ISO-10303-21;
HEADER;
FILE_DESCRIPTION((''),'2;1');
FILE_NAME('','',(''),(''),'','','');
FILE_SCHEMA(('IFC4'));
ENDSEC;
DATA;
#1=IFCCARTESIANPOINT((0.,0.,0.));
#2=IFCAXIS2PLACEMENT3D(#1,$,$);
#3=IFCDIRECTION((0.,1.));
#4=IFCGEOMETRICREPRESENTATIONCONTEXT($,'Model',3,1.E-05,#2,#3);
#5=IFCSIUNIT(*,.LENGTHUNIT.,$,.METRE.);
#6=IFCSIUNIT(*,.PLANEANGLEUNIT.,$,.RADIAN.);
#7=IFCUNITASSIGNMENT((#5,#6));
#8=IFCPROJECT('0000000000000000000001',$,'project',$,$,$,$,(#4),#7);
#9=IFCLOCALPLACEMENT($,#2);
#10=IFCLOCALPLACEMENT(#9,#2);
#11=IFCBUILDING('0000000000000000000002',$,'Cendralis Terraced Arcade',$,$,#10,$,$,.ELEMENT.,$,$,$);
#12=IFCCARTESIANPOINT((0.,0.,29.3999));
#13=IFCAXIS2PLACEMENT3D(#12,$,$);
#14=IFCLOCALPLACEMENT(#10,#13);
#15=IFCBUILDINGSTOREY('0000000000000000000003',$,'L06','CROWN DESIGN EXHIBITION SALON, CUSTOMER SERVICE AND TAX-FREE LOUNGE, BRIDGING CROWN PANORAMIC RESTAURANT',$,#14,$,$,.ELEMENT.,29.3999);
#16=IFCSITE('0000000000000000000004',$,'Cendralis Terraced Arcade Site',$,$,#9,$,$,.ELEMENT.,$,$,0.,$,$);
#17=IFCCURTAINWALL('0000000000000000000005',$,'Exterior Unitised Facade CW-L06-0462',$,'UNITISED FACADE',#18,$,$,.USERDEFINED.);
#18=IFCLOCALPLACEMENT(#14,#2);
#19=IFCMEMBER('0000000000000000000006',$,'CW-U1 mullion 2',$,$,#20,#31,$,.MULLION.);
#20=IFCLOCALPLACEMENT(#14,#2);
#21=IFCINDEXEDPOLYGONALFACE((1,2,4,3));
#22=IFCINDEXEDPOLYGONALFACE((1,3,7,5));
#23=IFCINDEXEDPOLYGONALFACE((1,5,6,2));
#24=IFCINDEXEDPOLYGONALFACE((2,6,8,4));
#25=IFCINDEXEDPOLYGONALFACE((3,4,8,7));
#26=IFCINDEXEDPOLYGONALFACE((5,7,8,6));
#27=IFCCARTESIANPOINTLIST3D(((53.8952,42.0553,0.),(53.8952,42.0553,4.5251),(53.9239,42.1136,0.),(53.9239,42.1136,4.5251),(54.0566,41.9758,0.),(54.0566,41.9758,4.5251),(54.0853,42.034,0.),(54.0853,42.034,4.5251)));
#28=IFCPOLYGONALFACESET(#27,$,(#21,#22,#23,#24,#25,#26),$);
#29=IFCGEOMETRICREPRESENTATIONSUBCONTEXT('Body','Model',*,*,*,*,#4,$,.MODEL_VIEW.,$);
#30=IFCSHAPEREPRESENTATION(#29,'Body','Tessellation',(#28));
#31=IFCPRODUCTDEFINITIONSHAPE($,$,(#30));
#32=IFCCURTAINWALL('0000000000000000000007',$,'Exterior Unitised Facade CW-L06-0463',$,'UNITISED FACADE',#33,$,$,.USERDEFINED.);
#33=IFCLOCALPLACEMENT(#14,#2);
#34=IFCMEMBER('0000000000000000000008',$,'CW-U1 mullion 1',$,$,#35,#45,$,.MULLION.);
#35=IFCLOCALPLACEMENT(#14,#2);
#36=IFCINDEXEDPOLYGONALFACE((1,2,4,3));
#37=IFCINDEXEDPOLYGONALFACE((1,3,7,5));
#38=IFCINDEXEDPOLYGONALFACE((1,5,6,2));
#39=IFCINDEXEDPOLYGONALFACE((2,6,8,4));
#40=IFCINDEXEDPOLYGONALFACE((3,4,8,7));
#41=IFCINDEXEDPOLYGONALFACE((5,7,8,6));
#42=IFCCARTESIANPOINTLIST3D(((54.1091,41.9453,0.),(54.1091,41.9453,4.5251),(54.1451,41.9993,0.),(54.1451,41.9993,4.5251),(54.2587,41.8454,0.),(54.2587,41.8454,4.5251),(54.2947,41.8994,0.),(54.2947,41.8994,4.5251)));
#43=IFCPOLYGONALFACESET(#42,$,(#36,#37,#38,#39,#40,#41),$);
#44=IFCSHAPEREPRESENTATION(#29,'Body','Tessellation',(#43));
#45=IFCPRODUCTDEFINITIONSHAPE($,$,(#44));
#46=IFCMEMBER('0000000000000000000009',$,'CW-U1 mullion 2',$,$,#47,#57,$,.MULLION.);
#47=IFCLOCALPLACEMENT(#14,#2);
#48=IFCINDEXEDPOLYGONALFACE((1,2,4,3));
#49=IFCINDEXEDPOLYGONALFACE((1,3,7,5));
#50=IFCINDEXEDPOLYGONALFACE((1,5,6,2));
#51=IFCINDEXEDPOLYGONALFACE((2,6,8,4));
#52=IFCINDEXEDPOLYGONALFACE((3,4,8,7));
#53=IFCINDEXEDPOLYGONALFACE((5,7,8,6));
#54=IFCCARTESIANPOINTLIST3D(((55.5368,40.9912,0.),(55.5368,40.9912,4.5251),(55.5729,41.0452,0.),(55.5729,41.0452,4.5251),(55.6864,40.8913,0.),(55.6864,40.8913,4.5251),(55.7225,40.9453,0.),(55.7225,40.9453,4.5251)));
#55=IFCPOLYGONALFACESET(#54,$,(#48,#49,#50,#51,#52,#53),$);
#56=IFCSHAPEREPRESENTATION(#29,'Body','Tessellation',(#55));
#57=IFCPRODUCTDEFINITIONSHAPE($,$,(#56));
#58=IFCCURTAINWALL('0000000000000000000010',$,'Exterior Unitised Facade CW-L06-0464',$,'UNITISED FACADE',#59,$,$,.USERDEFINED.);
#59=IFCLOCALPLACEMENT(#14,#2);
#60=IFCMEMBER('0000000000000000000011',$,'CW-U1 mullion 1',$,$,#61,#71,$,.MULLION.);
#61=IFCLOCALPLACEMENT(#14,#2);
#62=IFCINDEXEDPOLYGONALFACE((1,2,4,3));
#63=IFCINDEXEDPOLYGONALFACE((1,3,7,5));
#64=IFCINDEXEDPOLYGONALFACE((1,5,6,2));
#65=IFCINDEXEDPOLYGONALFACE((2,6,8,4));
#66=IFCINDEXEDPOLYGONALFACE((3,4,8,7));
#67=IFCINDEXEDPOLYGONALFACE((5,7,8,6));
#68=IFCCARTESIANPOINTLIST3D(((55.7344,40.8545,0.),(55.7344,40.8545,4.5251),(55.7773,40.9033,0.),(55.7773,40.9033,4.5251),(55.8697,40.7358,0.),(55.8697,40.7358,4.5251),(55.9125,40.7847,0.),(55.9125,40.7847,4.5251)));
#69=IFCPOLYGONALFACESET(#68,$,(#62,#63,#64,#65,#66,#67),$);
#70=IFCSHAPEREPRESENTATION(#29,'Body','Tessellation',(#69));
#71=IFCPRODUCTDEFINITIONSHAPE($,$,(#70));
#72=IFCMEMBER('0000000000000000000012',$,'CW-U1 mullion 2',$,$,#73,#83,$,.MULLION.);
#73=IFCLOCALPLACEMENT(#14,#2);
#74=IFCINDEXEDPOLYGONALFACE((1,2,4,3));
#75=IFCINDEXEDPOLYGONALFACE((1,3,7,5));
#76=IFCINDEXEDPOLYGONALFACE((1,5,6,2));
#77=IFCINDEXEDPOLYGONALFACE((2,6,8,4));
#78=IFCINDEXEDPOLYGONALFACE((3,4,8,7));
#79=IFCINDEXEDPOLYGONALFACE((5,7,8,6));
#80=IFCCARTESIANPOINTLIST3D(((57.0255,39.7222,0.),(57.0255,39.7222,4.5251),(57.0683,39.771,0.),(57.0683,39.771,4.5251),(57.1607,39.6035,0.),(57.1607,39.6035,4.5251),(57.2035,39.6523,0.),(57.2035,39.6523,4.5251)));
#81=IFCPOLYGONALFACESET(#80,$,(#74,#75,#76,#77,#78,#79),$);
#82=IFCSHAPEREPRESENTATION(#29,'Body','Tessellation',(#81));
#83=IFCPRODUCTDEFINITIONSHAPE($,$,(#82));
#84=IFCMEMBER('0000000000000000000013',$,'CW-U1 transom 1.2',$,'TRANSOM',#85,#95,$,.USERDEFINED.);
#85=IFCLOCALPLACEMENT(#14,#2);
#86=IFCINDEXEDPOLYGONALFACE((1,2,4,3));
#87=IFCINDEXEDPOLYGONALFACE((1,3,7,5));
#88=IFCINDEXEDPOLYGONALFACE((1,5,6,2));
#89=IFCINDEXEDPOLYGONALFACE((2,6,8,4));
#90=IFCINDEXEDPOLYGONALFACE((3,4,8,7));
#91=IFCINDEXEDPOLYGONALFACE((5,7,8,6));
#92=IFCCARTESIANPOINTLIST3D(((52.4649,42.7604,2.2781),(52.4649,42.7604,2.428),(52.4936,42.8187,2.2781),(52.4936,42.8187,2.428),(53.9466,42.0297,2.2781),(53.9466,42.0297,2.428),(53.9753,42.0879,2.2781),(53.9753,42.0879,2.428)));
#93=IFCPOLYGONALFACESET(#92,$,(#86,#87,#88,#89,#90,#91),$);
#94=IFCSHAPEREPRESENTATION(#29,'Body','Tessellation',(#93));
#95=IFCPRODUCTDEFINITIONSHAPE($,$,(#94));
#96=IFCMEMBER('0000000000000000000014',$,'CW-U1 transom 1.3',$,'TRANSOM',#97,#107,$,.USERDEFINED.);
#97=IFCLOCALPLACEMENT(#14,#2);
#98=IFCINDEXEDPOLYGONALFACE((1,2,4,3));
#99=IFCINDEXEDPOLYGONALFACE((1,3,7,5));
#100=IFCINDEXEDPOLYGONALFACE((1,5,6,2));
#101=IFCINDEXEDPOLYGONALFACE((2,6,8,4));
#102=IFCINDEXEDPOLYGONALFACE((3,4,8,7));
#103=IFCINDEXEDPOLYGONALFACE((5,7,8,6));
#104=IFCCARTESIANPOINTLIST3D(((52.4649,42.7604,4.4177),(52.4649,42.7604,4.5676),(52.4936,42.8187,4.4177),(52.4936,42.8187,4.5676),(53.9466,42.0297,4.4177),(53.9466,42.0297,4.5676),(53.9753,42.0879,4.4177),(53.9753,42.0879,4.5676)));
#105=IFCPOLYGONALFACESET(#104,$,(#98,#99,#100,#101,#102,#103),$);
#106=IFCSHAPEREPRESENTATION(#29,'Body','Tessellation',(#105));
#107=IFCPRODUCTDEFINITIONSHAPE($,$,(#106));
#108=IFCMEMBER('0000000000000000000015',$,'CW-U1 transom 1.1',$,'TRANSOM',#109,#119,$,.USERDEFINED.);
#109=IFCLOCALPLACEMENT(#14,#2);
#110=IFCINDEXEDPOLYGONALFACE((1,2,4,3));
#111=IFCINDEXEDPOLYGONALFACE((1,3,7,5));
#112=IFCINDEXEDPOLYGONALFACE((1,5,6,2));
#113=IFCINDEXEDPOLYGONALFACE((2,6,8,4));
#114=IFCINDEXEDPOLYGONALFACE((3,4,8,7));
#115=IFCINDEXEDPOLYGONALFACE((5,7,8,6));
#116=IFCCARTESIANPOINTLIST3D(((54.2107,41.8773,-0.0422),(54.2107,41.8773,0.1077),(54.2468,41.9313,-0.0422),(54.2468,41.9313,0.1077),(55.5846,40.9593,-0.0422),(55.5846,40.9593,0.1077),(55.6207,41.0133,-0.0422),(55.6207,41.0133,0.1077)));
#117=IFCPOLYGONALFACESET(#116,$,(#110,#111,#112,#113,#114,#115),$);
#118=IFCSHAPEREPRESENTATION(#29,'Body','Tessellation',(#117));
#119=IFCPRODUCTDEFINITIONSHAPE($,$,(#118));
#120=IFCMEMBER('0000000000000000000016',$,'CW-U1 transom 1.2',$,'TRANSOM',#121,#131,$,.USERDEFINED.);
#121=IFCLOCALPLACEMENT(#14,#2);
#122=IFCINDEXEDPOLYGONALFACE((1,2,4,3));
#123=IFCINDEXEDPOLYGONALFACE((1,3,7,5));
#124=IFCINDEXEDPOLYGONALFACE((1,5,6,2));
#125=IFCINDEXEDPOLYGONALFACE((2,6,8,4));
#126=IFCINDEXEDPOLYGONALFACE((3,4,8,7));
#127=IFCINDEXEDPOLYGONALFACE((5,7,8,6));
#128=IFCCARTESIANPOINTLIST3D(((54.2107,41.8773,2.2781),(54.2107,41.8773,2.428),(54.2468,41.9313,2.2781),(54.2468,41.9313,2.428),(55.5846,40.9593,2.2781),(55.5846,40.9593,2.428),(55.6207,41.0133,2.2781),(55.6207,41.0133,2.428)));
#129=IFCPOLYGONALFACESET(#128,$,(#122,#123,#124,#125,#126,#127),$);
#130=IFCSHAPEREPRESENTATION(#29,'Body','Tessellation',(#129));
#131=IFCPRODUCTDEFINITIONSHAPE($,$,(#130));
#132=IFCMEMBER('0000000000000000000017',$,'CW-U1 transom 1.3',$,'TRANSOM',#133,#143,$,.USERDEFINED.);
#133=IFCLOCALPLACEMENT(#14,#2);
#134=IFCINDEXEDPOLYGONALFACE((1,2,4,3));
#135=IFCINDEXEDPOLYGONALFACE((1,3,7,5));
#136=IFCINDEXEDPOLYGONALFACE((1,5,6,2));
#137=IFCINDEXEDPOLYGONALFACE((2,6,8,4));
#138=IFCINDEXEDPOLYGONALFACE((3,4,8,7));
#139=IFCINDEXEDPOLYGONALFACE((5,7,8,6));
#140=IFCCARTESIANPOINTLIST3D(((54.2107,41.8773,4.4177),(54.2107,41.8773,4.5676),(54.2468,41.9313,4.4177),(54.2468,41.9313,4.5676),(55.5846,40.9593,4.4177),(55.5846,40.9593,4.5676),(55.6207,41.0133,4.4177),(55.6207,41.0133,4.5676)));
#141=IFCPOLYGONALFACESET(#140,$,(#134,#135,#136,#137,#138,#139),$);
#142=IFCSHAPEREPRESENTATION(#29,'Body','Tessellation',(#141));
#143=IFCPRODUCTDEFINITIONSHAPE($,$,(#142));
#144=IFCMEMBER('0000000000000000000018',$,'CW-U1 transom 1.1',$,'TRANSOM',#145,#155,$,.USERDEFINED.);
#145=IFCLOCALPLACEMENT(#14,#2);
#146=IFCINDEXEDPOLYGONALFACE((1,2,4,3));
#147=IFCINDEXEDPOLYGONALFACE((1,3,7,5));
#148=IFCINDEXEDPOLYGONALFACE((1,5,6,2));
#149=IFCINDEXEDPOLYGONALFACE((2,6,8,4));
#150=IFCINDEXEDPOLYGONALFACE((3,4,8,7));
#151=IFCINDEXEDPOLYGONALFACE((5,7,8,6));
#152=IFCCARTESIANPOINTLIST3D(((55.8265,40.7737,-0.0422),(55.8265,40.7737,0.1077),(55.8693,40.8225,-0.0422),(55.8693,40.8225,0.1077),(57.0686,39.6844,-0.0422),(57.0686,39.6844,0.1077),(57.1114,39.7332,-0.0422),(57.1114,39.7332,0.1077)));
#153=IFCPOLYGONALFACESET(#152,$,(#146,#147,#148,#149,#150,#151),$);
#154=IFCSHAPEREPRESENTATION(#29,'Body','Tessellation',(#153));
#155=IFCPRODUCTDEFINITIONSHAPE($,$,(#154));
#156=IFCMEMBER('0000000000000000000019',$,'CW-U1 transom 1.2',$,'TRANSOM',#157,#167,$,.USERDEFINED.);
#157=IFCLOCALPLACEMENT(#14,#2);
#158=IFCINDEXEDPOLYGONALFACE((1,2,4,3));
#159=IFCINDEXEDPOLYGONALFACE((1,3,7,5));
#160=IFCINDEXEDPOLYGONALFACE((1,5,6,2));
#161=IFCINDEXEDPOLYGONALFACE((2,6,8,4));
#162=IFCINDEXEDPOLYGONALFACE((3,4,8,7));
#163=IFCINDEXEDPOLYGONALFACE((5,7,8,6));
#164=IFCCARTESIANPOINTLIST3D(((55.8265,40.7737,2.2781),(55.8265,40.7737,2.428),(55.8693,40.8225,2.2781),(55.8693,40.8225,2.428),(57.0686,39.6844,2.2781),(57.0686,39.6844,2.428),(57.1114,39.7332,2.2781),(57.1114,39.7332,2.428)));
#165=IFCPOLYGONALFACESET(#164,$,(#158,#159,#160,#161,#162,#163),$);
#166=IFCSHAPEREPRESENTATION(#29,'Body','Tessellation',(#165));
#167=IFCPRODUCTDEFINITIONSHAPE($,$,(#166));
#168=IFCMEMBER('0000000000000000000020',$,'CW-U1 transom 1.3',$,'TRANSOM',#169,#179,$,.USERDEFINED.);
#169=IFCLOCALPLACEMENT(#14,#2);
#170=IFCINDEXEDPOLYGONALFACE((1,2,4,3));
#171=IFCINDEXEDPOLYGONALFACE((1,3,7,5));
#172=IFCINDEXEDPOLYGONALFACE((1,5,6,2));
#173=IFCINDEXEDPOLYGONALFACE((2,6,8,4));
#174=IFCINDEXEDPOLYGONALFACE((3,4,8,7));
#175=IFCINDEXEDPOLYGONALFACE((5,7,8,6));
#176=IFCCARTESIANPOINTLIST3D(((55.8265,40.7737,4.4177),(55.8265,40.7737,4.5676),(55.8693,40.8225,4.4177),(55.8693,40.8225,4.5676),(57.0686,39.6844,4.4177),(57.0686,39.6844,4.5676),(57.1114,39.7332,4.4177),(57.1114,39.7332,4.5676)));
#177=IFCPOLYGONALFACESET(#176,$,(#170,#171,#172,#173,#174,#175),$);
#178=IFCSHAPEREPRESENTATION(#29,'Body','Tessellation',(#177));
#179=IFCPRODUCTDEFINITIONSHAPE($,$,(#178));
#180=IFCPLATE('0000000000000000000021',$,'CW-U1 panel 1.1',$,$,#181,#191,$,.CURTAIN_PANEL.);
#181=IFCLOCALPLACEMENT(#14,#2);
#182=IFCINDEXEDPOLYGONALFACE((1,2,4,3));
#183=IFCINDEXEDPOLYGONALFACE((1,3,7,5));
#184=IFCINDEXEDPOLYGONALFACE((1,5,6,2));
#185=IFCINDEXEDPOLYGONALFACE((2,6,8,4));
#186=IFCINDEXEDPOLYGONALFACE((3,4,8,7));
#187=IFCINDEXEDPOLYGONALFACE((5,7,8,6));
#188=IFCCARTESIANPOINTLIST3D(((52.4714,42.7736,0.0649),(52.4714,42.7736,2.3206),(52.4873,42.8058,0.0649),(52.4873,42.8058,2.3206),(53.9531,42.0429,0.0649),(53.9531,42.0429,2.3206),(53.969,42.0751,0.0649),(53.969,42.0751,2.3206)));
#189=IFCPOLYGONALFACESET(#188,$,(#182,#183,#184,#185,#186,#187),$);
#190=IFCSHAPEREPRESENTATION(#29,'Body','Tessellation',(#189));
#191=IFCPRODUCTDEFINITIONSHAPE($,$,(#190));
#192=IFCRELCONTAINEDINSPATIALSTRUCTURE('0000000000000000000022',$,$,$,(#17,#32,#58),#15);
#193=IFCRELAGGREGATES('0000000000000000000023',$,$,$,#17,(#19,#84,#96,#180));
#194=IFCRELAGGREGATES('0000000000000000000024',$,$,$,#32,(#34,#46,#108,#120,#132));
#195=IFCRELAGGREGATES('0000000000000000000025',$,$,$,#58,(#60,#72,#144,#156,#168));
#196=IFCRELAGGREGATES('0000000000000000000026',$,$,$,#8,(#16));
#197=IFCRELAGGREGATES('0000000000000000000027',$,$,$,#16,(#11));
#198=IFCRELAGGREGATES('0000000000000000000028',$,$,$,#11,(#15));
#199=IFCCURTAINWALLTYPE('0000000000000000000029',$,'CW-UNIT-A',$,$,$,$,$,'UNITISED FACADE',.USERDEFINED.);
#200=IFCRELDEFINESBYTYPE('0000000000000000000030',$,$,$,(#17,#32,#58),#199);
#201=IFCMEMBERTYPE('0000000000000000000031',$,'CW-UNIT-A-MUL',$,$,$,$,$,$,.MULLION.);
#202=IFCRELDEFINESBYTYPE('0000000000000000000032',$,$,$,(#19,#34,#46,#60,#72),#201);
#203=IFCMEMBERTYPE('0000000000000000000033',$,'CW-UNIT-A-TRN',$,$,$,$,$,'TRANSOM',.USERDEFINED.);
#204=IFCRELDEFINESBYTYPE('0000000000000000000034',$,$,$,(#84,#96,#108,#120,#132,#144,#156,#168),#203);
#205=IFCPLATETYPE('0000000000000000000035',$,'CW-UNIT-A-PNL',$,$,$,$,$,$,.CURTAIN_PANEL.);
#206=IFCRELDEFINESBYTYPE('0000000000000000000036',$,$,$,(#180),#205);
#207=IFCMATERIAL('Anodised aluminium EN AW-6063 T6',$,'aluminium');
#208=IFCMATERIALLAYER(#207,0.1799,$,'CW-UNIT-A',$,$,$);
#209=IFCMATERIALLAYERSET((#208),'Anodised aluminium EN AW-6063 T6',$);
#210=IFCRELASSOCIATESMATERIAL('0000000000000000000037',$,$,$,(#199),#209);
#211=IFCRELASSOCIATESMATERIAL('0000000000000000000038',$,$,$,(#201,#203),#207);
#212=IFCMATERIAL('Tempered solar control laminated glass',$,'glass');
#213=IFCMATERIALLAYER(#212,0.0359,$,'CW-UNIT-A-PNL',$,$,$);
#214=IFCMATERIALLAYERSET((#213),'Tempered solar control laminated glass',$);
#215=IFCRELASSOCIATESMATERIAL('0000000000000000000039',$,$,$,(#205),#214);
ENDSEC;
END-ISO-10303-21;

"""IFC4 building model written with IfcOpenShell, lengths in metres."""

from ifc_helpers import new_model, si_unit, direction, frame, origin, origin_2d, place, context, subcontext, project, spatial, rectangle, extrude, material, layer, layer_set, material_profile, profile_set, type_object, element, aggregate, save


model = new_model("IFC4")

# Units and contexts
model_context = context("Model", 3, precision=1e-05, world=origin(), true_north=direction((0.0, 1.0)))
body_context = subcontext(model_context, "Body", "Model", "MODEL_VIEW")
ifc_project = project(units=[si_unit("LENGTHUNIT", "METRE"), si_unit("PLANEANGLEUNIT", "RADIAN")], contexts=[model_context])

# Site, building, storey
site_placement = place(None, origin())
site = spatial("IfcSite", under=ifc_project, at=site_placement, Name="Cendralis Terraced Arcade Site", CompositionType="ELEMENT", RefElevation=0.0)
building_placement = place(site_placement, origin())
building = spatial("IfcBuilding", under=site, at=building_placement, Name="Cendralis Terraced Arcade", CompositionType="ELEMENT")
storey_placement = place(building_placement, frame((0.0, 0.0, 29.3999)))
storey = spatial("IfcBuildingStorey", under=building, at=storey_placement, Name="L06", Description="CROWN DESIGN EXHIBITION SALON, CUSTOMER SERVICE AND TAX-FREE LOUNGE, BRIDGING CROWN PANORAMIC RESTAURANT", CompositionType="ELEMENT", Elevation=29.3999)

# Curtain wall, member
ifc_material_1 = material(Name="Anodised aluminium EN AW-6063 T6", Category="aluminium")
ifc_layer_1 = layer(ifc_material_1, 0.1799, Name="CW-UNIT-A")
ifc_layer_set_1 = layer_set([ifc_layer_1], Name="Anodised aluminium EN AW-6063 T6")
curtain_wall_type = type_object("IfcCurtainWallType", Name="CW-UNIT-A", ElementType="UNITISED FACADE", PredefinedType="USERDEFINED", material=ifc_layer_set_1)
curtain_wall_1_placement = place(storey_placement, origin())
curtain_wall_1 = element("IfcCurtainWall", 1, at=curtain_wall_1_placement, inside=storey, type_object=curtain_wall_type, Name="Exterior Unitised Facade CW-L06-0462", ObjectType="UNITISED FACADE", PredefinedType="USERDEFINED")
ifc_material_profile_1 = material_profile(ifc_material_1, rectangle(XDim=0.0649, YDim=0.1799, at=origin_2d()), Name="ALU-MUL-65x180")
ifc_profile_set_1 = profile_set([ifc_material_profile_1], Name="Anodised aluminium EN AW-6063 T6")
member_type_1 = type_object("IfcMemberType", Name="CW-UNIT-A-MUL", PredefinedType="MULLION", material=ifc_profile_set_1)
member_1_placement = place(storey_placement, frame((53.9902, 42.0447, 0.0), z_axis=(0.0, 0.0, 1.0), x_axis=(0.442291, 0.896871, 0.0)))
member_1 = element("IfcMember", 2, at=member_1_placement, type_object=member_type_1, Name="CW-U1 mullion 2", PredefinedType="MULLION", context=body_context, shape_type="SweptSolid", body=[
    extrude(rectangle(XDim=0.0649, YDim=0.1799, at=origin_2d()), origin(), (0.0, 0.0, 1.0), 4.5251),
])

# Curtain walls, members
curtain_wall_2_placement = place(storey_placement, origin())
curtain_wall_2 = element("IfcCurtainWall", 3, at=curtain_wall_2_placement, inside=storey, type_object=curtain_wall_type, Name="Exterior Unitised Facade CW-L06-0463", ObjectType="UNITISED FACADE", PredefinedType="USERDEFINED")
member_2_placement = place(storey_placement, frame((54.2019, 41.9224, 0.0), z_axis=(0.0, 0.0, 1.0), x_axis=(0.555567, 0.831471, 0.0)))
member_2 = element("IfcMember", 4, at=member_2_placement, type_object=member_type_1, Name="CW-U1 mullion 1", PredefinedType="MULLION", context=body_context, shape_type="SweptSolid", body=[
    extrude(rectangle(XDim=0.0649, YDim=0.1799, at=origin_2d()), origin(), (0.0, 0.0, 1.0), 4.5251),
])
member_3_placement = place(storey_placement, frame((55.6296, 40.9683, 0.0), z_axis=(0.0, 0.0, 1.0), x_axis=(0.555567, 0.831471, 0.0)))
member_3 = element("IfcMember", 5, at=member_3_placement, type_object=member_type_1, Name="CW-U1 mullion 2", PredefinedType="MULLION", context=body_context, shape_type="SweptSolid", body=[
    extrude(rectangle(XDim=0.0649, YDim=0.1799, at=origin_2d()), origin(), (0.0, 0.0, 1.0), 4.5251),
])
curtain_wall_3_placement = place(storey_placement, origin())
curtain_wall_3 = element("IfcCurtainWall", 6, at=curtain_wall_3_placement, inside=storey, type_object=curtain_wall_type, Name="Exterior Unitised Facade CW-L06-0464", ObjectType="UNITISED FACADE", PredefinedType="USERDEFINED")
member_4_placement = place(storey_placement, frame((55.8235, 40.8196, 0.0), z_axis=(0.0, 0.0, 1.0), x_axis=(0.659386, 0.751804, 0.0)))
member_4 = element("IfcMember", 7, at=member_4_placement, type_object=member_type_1, Name="CW-U1 mullion 1", PredefinedType="MULLION", context=body_context, shape_type="SweptSolid", body=[
    extrude(rectangle(XDim=0.0649, YDim=0.1799, at=origin_2d()), origin(), (0.0, 0.0, 1.0), 4.5251),
])
member_5_placement = place(storey_placement, frame((57.1145, 39.6873, 0.0), z_axis=(0.0, 0.0, 1.0), x_axis=(0.659386, 0.751804, 0.0)))
member_5 = element("IfcMember", 8, at=member_5_placement, type_object=member_type_1, Name="CW-U1 mullion 2", PredefinedType="MULLION", context=body_context, shape_type="SweptSolid", body=[
    extrude(rectangle(XDim=0.0649, YDim=0.1799, at=origin_2d()), origin(), (0.0, 0.0, 1.0), 4.5251),
])

# Members
ifc_material_profile_2 = material_profile(ifc_material_1, rectangle(XDim=0.0649, YDim=0.1499, at=origin_2d()), Name="ALU-TRN-65x150")
ifc_profile_set_2 = profile_set([ifc_material_profile_2], Name="Anodised aluminium EN AW-6063 T6")
member_type_2 = type_object("IfcMemberType", Name="CW-UNIT-A-TRN", ElementType="TRANSOM", PredefinedType="USERDEFINED", material=ifc_profile_set_2)
member_6_placement = place(storey_placement, frame((52.4792, 42.7896, 2.353), z_axis=(0.896867, -0.442301, 0.0), x_axis=(0.442301, 0.896867, 0.0)))
member_6 = element("IfcMember", 9, at=member_6_placement, type_object=member_type_2, Name="CW-U1 transom 1.2", ObjectType="TRANSOM", PredefinedType="USERDEFINED", context=body_context, shape_type="SweptSolid", body=[
    extrude(rectangle(XDim=0.0649, YDim=0.1499, at=origin_2d()), origin(), (0.0, 0.0, 1.0), 1.6521),
])
member_7_placement = place(storey_placement, frame((52.4792, 42.7896, 4.4927), z_axis=(0.896867, -0.442301, 0.0), x_axis=(0.442301, 0.896867, 0.0)))
member_7 = element("IfcMember", 10, at=member_7_placement, type_object=member_type_2, Name="CW-U1 transom 1.3", ObjectType="TRANSOM", PredefinedType="USERDEFINED", context=body_context, shape_type="SweptSolid", body=[
    extrude(rectangle(XDim=0.0649, YDim=0.1499, at=origin_2d()), origin(), (0.0, 0.0, 1.0), 1.6521),
])
member_8_placement = place(storey_placement, frame((54.2288, 41.9043, 0.0327), z_axis=(0.831459, -0.555586, 0.0), x_axis=(0.555586, 0.831459, 0.0)))
member_8 = element("IfcMember", 11, at=member_8_placement, type_object=member_type_2, Name="CW-U1 transom 1.1", ObjectType="TRANSOM", PredefinedType="USERDEFINED", context=body_context, shape_type="SweptSolid", body=[
    extrude(rectangle(XDim=0.0649, YDim=0.1499, at=origin_2d()), origin(), (0.0, 0.0, 1.0), 1.6523),
])
member_9_placement = place(storey_placement, frame((54.2288, 41.9043, 2.353), z_axis=(0.831459, -0.555586, 0.0), x_axis=(0.555586, 0.831459, 0.0)))
member_9 = element("IfcMember", 12, at=member_9_placement, type_object=member_type_2, Name="CW-U1 transom 1.2", ObjectType="TRANSOM", PredefinedType="USERDEFINED", context=body_context, shape_type="SweptSolid", body=[
    extrude(rectangle(XDim=0.0649, YDim=0.1499, at=origin_2d()), origin(), (0.0, 0.0, 1.0), 1.6523),
])
member_10_placement = place(storey_placement, frame((54.2288, 41.9043, 4.4927), z_axis=(0.831459, -0.555586, 0.0), x_axis=(0.555586, 0.831459, 0.0)))
member_10 = element("IfcMember", 13, at=member_10_placement, type_object=member_type_2, Name="CW-U1 transom 1.3", ObjectType="TRANSOM", PredefinedType="USERDEFINED", context=body_context, shape_type="SweptSolid", body=[
    extrude(rectangle(XDim=0.0649, YDim=0.1499, at=origin_2d()), origin(), (0.0, 0.0, 1.0), 1.6523),
])
member_11_placement = place(storey_placement, frame((55.8479, 40.7981, 0.0327), z_axis=(0.751844, -0.659341, 0.0), x_axis=(0.659341, 0.751844, 0.0)))
member_11 = element("IfcMember", 14, at=member_11_placement, type_object=member_type_2, Name="CW-U1 transom 1.1", ObjectType="TRANSOM", PredefinedType="USERDEFINED", context=body_context, shape_type="SweptSolid", body=[
    extrude(rectangle(XDim=0.0649, YDim=0.1499, at=origin_2d()), origin(), (0.0, 0.0, 1.0), 1.6521),
])
member_12_placement = place(storey_placement, frame((55.8479, 40.7981, 2.353), z_axis=(0.751844, -0.659341, 0.0), x_axis=(0.659341, 0.751844, 0.0)))
member_12 = element("IfcMember", 15, at=member_12_placement, type_object=member_type_2, Name="CW-U1 transom 1.2", ObjectType="TRANSOM", PredefinedType="USERDEFINED", context=body_context, shape_type="SweptSolid", body=[
    extrude(rectangle(XDim=0.0649, YDim=0.1499, at=origin_2d()), origin(), (0.0, 0.0, 1.0), 1.6521),
])
member_13_placement = place(storey_placement, frame((55.8479, 40.7981, 4.4927), z_axis=(0.751844, -0.659341, 0.0), x_axis=(0.659341, 0.751844, 0.0)))
member_13 = element("IfcMember", 16, at=member_13_placement, type_object=member_type_2, Name="CW-U1 transom 1.3", ObjectType="TRANSOM", PredefinedType="USERDEFINED", context=body_context, shape_type="SweptSolid", body=[
    extrude(rectangle(XDim=0.0649, YDim=0.1499, at=origin_2d()), origin(), (0.0, 0.0, 1.0), 1.6521),
])

# Plate
ifc_material_2 = material(Name="Tempered solar control laminated glass", Category="glass")
ifc_layer_2 = layer(ifc_material_2, 0.0359, Name="CW-UNIT-A-PNL")
ifc_layer_set_2 = layer_set([ifc_layer_2], Name="Tempered solar control laminated glass")
plate_type = type_object("IfcPlateType", Name="CW-UNIT-A-PNL", PredefinedType="CURTAIN_PANEL", material=ifc_layer_set_2)
plate_1_placement = place(storey_placement, frame((53.2202, 42.4243, 0.0649), z_axis=(0.0, 0.0, 1.0), x_axis=(0.896871, -0.442291, 0.0)))
plate_1 = element("IfcPlate", 17, at=plate_1_placement, type_object=plate_type, Name="CW-U1 panel 1.1", PredefinedType="CURTAIN_PANEL", context=body_context, shape_type="SweptSolid", body=[
    extrude(rectangle(XDim=1.6521, YDim=0.0359, at=origin_2d()), origin(), (0.0, 0.0, 1.0), 2.2556),
])
aggregate(curtain_wall_1, [member_1, member_6, member_7, plate_1])
aggregate(curtain_wall_2, [member_2, member_3, member_8, member_9, member_10])
aggregate(curtain_wall_3, [member_4, member_5, member_11, member_12, member_13])

save(model, "model.ifc")
